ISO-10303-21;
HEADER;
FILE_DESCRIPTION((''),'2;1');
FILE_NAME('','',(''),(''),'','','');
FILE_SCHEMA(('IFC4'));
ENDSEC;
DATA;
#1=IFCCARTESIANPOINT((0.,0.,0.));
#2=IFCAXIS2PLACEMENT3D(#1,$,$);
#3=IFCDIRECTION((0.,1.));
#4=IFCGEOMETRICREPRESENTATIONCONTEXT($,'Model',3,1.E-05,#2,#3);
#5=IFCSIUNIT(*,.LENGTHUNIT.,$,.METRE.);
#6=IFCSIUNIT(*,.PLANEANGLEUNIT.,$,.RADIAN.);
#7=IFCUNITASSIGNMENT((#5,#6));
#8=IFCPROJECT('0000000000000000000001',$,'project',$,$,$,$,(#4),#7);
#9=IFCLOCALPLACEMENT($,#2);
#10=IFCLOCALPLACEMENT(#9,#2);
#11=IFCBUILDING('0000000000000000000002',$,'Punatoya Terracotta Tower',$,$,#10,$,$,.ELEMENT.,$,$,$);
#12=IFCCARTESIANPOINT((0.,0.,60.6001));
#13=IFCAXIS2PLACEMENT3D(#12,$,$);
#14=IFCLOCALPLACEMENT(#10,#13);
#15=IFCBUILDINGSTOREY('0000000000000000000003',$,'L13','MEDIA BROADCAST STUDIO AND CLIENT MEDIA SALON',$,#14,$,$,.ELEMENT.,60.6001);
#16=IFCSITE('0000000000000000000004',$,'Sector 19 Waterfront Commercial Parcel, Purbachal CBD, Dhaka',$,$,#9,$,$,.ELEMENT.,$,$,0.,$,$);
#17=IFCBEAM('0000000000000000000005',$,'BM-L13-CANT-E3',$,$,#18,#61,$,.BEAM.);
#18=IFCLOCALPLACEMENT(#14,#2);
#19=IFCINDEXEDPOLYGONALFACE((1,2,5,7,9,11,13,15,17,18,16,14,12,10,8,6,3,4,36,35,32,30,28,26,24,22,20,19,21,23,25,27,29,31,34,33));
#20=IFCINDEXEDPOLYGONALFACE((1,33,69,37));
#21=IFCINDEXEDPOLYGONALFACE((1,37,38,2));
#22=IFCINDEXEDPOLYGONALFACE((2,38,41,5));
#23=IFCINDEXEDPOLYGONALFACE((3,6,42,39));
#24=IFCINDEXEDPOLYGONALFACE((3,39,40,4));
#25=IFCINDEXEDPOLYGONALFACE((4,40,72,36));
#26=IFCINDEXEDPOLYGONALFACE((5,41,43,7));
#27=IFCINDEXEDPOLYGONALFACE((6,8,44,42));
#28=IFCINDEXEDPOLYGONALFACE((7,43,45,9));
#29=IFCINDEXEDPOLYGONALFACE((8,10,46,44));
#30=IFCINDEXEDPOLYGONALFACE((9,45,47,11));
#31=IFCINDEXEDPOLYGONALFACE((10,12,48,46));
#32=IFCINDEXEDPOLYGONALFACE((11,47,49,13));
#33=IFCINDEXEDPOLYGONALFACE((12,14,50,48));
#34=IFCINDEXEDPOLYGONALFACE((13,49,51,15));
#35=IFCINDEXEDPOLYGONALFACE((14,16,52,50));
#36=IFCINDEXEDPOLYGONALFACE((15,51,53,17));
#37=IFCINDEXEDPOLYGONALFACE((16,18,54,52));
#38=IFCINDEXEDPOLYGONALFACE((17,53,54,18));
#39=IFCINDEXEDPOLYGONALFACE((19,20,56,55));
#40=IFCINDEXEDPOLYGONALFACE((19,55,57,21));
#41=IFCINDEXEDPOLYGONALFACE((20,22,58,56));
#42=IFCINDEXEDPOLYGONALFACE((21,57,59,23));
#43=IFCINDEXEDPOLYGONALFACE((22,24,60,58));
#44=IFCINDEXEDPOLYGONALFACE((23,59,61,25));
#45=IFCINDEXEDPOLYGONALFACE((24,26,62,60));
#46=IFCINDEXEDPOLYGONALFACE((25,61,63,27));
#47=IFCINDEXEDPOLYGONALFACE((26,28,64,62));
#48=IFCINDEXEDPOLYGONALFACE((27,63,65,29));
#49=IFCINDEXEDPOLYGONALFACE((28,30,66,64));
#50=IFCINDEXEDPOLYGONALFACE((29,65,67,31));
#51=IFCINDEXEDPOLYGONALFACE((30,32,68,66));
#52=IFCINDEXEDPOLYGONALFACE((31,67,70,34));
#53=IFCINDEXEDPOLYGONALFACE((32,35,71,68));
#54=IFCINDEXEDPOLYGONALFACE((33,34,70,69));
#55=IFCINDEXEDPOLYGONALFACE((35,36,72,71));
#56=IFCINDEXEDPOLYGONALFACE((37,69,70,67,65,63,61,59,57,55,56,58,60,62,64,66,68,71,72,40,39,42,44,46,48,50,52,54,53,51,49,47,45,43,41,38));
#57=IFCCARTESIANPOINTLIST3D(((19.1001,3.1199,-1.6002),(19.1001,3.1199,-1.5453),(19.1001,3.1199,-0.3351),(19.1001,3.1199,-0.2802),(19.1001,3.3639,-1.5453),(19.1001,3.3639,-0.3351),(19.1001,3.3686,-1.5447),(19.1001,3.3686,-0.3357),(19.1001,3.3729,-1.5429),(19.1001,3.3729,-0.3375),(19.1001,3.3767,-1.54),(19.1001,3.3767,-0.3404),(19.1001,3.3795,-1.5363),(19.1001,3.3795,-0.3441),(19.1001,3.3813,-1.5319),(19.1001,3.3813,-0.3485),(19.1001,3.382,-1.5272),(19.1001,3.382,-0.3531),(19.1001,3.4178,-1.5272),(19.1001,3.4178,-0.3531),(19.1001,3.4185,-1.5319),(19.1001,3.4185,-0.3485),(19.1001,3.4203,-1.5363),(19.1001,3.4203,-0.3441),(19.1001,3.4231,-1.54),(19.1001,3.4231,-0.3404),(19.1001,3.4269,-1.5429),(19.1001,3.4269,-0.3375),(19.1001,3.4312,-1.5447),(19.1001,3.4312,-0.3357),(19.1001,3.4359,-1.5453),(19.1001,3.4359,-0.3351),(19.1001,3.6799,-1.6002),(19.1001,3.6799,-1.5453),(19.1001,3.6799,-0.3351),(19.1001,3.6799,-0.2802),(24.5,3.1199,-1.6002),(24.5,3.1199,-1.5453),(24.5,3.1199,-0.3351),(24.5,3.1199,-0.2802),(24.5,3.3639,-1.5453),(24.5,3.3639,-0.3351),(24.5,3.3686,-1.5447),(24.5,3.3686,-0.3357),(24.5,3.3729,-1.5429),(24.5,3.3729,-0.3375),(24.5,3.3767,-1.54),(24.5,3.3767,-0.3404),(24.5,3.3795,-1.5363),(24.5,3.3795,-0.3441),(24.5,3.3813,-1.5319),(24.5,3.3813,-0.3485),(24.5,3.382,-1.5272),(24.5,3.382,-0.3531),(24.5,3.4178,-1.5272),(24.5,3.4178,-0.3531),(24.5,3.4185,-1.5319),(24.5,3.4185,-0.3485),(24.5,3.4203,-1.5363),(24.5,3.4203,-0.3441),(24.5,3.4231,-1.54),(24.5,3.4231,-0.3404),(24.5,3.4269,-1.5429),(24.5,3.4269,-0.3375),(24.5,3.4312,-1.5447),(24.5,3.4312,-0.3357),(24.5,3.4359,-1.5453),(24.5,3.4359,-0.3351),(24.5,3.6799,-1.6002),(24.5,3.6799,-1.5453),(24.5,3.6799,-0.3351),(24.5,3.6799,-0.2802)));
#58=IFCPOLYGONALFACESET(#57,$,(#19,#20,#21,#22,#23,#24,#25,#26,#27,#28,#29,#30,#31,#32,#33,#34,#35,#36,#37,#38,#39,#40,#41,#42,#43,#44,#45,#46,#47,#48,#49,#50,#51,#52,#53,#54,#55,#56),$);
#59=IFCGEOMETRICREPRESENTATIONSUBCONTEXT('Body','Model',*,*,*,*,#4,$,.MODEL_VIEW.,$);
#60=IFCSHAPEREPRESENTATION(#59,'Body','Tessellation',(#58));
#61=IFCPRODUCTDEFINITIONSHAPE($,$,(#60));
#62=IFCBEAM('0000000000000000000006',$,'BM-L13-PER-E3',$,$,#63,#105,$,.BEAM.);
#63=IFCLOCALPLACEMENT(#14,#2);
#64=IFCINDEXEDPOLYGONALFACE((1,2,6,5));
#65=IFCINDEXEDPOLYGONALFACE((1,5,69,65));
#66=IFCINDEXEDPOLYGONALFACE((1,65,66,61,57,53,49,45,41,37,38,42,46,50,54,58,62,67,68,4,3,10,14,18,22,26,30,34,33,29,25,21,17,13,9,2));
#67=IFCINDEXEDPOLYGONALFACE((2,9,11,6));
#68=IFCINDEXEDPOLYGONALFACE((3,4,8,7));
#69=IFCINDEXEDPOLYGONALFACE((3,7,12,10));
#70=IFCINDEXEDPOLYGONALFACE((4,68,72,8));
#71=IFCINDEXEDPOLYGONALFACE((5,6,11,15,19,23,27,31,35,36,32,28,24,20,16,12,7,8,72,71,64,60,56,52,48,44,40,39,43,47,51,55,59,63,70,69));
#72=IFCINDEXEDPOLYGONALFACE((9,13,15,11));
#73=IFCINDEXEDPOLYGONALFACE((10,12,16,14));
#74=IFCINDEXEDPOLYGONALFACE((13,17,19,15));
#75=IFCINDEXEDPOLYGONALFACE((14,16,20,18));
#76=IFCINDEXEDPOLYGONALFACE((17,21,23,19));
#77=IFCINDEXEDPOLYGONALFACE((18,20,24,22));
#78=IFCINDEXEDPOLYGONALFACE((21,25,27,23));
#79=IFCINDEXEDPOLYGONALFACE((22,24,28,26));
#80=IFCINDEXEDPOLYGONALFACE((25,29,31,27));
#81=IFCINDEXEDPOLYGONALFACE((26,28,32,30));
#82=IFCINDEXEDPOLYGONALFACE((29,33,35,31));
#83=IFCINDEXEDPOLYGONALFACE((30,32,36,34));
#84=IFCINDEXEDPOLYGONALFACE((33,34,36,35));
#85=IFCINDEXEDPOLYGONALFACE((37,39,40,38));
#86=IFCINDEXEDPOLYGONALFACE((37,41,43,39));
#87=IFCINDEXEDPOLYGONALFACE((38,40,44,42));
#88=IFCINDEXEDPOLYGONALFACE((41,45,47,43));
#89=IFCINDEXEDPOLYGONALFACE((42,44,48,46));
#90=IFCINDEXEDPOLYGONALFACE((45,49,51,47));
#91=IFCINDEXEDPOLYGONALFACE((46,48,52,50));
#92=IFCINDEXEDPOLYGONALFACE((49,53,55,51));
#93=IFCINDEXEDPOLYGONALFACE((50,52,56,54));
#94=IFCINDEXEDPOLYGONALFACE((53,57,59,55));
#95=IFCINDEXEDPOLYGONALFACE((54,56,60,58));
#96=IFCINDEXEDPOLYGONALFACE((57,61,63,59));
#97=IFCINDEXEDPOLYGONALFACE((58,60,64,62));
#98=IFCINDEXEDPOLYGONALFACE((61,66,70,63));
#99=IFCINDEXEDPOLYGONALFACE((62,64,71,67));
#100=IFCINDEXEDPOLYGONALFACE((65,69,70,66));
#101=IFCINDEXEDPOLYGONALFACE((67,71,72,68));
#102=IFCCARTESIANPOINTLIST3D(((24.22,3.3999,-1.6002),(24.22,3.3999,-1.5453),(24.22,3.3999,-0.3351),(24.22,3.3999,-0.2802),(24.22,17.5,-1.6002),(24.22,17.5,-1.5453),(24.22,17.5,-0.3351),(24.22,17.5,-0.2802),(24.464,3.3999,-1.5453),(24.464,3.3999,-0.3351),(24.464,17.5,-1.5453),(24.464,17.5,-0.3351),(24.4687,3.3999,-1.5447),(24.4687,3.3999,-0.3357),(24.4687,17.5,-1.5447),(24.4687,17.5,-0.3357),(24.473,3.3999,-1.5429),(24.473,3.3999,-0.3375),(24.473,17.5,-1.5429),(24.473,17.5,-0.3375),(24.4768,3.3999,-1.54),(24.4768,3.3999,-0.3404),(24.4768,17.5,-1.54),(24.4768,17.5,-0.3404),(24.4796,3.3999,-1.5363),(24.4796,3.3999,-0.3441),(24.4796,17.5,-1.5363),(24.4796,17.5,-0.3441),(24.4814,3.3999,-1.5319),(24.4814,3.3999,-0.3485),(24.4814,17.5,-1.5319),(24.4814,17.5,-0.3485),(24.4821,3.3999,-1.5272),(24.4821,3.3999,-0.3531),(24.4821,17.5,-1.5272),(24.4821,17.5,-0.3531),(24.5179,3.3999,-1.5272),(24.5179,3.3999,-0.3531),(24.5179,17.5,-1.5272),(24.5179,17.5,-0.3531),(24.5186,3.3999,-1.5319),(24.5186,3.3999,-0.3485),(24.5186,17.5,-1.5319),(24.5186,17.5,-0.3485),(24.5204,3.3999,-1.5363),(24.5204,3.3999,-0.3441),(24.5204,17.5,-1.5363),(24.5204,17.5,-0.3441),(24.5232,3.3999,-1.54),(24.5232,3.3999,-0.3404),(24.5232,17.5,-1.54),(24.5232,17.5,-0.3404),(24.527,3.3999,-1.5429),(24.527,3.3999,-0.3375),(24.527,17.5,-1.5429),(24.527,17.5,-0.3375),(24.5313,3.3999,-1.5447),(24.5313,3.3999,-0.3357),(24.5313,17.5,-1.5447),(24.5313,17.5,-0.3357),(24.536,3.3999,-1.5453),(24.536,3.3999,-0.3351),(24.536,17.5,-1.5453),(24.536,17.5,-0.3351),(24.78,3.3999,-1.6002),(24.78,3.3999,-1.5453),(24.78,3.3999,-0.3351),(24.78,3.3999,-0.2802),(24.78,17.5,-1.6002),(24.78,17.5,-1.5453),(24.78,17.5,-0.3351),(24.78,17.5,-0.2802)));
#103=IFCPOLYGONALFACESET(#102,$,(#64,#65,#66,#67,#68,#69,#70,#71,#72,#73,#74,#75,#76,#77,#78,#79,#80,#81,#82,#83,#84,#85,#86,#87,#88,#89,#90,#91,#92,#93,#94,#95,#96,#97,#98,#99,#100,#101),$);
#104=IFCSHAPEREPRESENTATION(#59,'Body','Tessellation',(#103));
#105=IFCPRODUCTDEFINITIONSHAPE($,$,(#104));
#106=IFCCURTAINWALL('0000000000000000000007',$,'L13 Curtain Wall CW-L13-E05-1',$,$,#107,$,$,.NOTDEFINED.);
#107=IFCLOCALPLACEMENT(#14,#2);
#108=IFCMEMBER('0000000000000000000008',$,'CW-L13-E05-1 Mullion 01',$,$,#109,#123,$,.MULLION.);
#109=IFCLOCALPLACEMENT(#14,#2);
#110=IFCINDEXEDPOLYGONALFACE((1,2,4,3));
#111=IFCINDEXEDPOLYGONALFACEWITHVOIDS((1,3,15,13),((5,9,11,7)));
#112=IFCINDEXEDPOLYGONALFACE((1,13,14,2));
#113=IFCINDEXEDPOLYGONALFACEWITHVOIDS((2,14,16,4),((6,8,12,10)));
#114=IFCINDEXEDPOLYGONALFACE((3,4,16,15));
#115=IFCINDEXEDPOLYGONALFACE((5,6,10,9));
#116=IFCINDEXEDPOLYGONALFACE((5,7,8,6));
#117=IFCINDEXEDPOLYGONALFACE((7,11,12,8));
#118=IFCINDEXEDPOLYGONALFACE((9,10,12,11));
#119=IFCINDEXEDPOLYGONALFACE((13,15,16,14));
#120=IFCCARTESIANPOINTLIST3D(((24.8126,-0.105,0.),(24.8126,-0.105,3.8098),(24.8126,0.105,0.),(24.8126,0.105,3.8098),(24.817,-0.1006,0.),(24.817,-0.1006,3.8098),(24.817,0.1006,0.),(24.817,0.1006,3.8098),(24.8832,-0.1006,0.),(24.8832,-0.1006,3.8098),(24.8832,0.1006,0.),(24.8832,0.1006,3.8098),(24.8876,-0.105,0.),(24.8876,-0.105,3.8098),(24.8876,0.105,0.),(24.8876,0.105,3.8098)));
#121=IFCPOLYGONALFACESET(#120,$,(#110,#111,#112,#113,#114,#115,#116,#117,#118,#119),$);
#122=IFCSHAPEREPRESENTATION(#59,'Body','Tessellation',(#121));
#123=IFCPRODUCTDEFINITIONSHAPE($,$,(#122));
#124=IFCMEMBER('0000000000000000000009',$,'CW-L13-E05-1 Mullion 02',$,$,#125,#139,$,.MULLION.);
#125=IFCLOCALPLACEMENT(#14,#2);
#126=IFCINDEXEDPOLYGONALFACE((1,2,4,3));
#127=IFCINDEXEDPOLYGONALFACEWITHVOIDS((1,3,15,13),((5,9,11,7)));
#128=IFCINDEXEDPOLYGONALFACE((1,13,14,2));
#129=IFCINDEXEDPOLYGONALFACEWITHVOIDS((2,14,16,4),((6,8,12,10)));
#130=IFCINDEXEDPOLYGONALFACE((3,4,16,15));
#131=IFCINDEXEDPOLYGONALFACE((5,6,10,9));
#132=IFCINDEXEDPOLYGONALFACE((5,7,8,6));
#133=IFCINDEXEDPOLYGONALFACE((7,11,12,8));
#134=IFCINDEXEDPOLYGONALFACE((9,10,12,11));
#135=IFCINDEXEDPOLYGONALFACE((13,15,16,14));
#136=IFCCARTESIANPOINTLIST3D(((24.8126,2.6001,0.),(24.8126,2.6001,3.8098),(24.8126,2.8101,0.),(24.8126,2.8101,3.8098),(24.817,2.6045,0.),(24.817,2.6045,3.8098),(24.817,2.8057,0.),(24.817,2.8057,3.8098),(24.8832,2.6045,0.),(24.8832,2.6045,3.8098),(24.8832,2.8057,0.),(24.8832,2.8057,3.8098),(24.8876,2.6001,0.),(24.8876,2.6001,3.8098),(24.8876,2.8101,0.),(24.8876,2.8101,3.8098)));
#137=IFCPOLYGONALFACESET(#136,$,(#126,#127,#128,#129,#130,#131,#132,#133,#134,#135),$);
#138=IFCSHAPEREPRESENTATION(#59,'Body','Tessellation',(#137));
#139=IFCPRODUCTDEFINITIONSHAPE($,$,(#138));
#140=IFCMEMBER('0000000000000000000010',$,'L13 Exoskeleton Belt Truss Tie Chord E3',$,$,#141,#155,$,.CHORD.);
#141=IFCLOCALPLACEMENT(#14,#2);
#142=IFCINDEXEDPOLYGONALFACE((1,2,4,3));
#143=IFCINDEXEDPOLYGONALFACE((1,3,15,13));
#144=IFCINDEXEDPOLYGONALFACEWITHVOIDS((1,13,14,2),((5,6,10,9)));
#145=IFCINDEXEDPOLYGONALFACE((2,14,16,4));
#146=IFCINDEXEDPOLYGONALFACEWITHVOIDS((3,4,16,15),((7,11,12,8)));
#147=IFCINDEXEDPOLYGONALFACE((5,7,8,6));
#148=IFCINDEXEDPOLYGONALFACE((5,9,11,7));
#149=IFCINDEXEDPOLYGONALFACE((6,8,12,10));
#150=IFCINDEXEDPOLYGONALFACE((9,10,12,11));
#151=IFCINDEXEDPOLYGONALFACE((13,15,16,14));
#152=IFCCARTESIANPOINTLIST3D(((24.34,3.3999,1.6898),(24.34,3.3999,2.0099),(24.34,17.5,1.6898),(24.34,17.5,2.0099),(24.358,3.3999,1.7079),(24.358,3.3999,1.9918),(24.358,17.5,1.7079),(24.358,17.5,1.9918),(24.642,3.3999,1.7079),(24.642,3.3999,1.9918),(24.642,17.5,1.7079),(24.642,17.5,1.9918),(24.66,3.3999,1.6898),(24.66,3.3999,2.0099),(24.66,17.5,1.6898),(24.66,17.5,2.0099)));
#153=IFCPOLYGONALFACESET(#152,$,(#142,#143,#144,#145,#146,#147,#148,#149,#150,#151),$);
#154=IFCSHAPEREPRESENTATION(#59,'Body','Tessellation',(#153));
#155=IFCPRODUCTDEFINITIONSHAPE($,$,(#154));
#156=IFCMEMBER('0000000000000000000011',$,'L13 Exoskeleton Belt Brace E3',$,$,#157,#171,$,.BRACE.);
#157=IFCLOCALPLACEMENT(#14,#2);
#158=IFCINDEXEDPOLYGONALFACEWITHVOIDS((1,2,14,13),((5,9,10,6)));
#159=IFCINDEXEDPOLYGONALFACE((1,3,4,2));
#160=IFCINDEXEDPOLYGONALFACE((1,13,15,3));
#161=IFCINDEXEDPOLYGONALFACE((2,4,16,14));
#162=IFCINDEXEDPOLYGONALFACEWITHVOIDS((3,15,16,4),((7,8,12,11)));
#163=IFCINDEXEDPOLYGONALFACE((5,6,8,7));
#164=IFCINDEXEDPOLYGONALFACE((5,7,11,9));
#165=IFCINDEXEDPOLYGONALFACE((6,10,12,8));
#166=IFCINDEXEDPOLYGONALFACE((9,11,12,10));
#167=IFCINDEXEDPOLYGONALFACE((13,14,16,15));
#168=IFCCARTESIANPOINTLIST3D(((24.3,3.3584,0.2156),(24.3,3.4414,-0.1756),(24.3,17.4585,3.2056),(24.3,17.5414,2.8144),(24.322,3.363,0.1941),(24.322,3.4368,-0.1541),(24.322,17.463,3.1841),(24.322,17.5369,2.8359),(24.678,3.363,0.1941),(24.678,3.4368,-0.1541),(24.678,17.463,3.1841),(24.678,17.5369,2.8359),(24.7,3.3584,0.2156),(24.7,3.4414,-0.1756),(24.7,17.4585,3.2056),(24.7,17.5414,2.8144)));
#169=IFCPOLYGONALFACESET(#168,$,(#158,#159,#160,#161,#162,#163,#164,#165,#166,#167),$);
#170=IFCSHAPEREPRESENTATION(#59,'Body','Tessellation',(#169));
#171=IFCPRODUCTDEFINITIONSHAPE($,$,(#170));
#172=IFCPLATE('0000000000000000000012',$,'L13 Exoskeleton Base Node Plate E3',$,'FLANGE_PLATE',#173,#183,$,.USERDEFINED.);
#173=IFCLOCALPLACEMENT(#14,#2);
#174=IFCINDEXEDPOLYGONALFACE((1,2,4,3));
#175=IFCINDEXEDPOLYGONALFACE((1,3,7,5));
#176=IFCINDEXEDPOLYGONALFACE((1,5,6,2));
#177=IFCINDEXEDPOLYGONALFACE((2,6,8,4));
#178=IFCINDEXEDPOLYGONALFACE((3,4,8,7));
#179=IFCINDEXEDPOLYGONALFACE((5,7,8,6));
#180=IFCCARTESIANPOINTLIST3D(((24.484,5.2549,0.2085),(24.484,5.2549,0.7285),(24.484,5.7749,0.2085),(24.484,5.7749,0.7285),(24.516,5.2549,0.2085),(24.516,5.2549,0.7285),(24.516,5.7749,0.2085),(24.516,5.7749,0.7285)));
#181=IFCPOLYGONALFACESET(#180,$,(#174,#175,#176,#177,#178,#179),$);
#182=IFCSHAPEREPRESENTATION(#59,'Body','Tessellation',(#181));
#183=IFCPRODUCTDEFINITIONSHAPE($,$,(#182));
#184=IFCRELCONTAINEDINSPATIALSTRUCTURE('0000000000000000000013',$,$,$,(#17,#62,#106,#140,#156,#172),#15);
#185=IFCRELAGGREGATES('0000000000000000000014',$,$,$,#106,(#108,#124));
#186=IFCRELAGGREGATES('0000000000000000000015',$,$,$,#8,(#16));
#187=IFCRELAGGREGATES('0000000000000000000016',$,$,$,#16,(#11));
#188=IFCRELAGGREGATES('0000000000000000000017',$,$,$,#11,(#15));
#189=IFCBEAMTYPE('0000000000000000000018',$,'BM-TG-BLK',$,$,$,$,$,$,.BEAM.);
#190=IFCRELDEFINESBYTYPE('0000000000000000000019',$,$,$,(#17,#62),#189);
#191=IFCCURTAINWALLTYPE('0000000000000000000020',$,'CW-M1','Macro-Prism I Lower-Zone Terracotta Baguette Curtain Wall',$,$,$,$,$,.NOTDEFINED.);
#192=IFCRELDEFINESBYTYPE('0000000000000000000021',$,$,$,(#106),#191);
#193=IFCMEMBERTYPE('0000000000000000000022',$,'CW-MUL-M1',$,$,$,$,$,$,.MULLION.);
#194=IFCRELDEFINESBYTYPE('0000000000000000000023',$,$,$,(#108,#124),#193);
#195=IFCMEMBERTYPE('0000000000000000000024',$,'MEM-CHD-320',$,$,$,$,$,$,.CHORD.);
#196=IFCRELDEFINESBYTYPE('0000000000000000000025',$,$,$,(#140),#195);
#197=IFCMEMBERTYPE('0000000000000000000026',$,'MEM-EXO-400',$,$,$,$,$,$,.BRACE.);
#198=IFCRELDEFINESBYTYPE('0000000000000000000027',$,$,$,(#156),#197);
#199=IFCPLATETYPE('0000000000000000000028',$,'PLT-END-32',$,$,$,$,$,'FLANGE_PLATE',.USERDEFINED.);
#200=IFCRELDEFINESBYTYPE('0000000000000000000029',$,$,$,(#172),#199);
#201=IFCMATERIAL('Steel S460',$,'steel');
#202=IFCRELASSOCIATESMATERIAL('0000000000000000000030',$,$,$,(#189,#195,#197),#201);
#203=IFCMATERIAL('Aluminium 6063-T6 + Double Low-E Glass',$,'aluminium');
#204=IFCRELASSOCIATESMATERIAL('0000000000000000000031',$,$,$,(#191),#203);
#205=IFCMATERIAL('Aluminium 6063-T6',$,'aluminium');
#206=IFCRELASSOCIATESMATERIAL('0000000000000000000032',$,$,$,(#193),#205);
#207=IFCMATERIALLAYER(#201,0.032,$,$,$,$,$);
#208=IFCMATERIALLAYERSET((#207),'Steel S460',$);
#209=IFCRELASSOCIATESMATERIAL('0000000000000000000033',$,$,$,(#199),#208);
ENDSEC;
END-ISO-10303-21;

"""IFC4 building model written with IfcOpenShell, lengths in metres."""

from ifc_helpers import new_model, si_unit, direction, frame, origin, origin_2d, place, context, subcontext, project, spatial, rectangle, hollow_rectangle, i_section, extrude, material, layer, layer_set, material_profile, profile_set, type_object, element, aggregate, save


model = new_model("IFC4")

# Units and contexts
model_context = context("Model", 3, precision=1e-05, world=origin(), true_north=direction((0.0, 1.0)))
body_context = subcontext(model_context, "Body", "Model", "MODEL_VIEW")
ifc_project = project(units=[si_unit("LENGTHUNIT", "METRE"), si_unit("PLANEANGLEUNIT", "RADIAN")], contexts=[model_context])

# Site, building, storey
site_placement = place(None, origin())
site = spatial("IfcSite", under=ifc_project, at=site_placement, Name="Sector 19 Waterfront Commercial Parcel, Purbachal CBD, Dhaka", CompositionType="ELEMENT", RefElevation=0.0)
building_placement = place(site_placement, origin())
building = spatial("IfcBuilding", under=site, at=building_placement, Name="Punatoya Terracotta Tower", CompositionType="ELEMENT")
storey_placement = place(building_placement, frame((0.0, 0.0, 60.6001)))
storey = spatial("IfcBuildingStorey", under=building, at=storey_placement, Name="L13", Description="MEDIA BROADCAST STUDIO AND CLIENT MEDIA SALON", CompositionType="ELEMENT", Elevation=60.6001)

# Shared definitions
ifc_material_1 = material(Name="Steel S460", Category="steel")

# Beams
ifc_material_profile_1 = material_profile(ifc_material_1, i_section(OverallWidth=0.5601, OverallDepth=1.3201, WebThickness=0.0359, FlangeThickness=0.0549, FilletRadius=0.0181, at=origin_2d()))
ifc_profile_set_1 = profile_set([ifc_material_profile_1], Name="Steel S460")
beam_type = type_object("IfcBeamType", Name="BM-TG-BLK", PredefinedType="BEAM", material=ifc_profile_set_1)
beam_1_placement = place(storey_placement, frame((19.1001, 3.3999, -0.9402), z_axis=(1.0, 0.0, 0.0), x_axis=(0.0, 1.0, 0.0)))
element("IfcBeam", 1, at=beam_1_placement, inside=storey, type_object=beam_type, Name="BM-L13-CANT-E3", PredefinedType="BEAM", context=body_context, shape_type="SweptSolid", body=[
    extrude(i_section(OverallWidth=0.5601, OverallDepth=1.3201, WebThickness=0.0359, FlangeThickness=0.0549, FilletRadius=0.0181, at=origin_2d()), origin(), (0.0, 0.0, 1.0), 5.3999),
])
beam_2_placement = place(storey_placement, frame((24.5, 3.3999, -0.9402), z_axis=(0.0, 1.0, 0.0), x_axis=(-1.0, 0.0, 0.0)))
element("IfcBeam", 2, at=beam_2_placement, inside=storey, type_object=beam_type, Name="BM-L13-PER-E3", PredefinedType="BEAM", context=body_context, shape_type="SweptSolid", body=[
    extrude(i_section(OverallWidth=0.5601, OverallDepth=1.3201, WebThickness=0.0359, FlangeThickness=0.0549, FilletRadius=0.0181, at=origin_2d()), origin(), (0.0, 0.0, 1.0), 14.1001),
])

# Curtain wall, members
ifc_material_2 = material(Name="Aluminium 6063-T6 + Double Low-E Glass", Category="aluminium")
curtain_wall_type = type_object("IfcCurtainWallType", Name="CW-M1", Description="Macro-Prism I Lower-Zone Terracotta Baguette Curtain Wall", PredefinedType="NOTDEFINED", material=ifc_material_2)
curtain_wall_placement = place(storey_placement, origin())
curtain_wall = element("IfcCurtainWall", 3, at=curtain_wall_placement, inside=storey, type_object=curtain_wall_type, Name="L13 Curtain Wall CW-L13-E05-1", PredefinedType="NOTDEFINED")
ifc_material_3 = material(Name="Aluminium 6063-T6", Category="aluminium")
ifc_material_profile_2 = material_profile(ifc_material_3, hollow_rectangle(XDim=0.075, YDim=0.21, WallThickness=0.0044, at=origin_2d()))
ifc_profile_set_2 = profile_set([ifc_material_profile_2], Name="Aluminium 6063-T6")
member_type_1 = type_object("IfcMemberType", Name="CW-MUL-M1", PredefinedType="MULLION", material=ifc_profile_set_2)
member_1_placement = place(storey_placement, frame((24.8501, 0.0, 0.0), z_axis=(0.0, 0.0, 1.0), x_axis=(1.0, 0.0, 0.0)))
member_1 = element("IfcMember", 4, at=member_1_placement, type_object=member_type_1, Name="CW-L13-E05-1 Mullion 01", PredefinedType="MULLION", context=body_context, shape_type="SweptSolid", body=[
    extrude(hollow_rectangle(XDim=0.075, YDim=0.21, WallThickness=0.0044, at=origin_2d()), origin(), (0.0, 0.0, 1.0), 3.8098),
])
member_2_placement = place(storey_placement, frame((24.8501, 2.7051, 0.0), z_axis=(0.0, 0.0, 1.0), x_axis=(1.0, 0.0, 0.0)))
member_2 = element("IfcMember", 5, at=member_2_placement, type_object=member_type_1, Name="CW-L13-E05-1 Mullion 02", PredefinedType="MULLION", context=body_context, shape_type="SweptSolid", body=[
    extrude(hollow_rectangle(XDim=0.075, YDim=0.21, WallThickness=0.0044, at=origin_2d()), origin(), (0.0, 0.0, 1.0), 3.8098),
])

# Members
ifc_material_profile_3 = material_profile(ifc_material_1, hollow_rectangle(XDim=0.3201, YDim=0.3201, WallThickness=0.0181, at=origin_2d()))
ifc_profile_set_3 = profile_set([ifc_material_profile_3], Name="Steel S460")
member_type_2 = type_object("IfcMemberType", Name="MEM-CHD-320", PredefinedType="CHORD", material=ifc_profile_set_3)
member_3_placement = place(storey_placement, frame((24.5, 3.3999, 1.8499), z_axis=(0.0, 1.0, 0.0), x_axis=(-1.0, 0.0, 0.0)))
element("IfcMember", 6, at=member_3_placement, inside=storey, type_object=member_type_2, Name="L13 Exoskeleton Belt Truss Tie Chord E3", PredefinedType="CHORD", context=body_context, shape_type="SweptSolid", body=[
    extrude(hollow_rectangle(XDim=0.3201, YDim=0.3201, WallThickness=0.0181, at=origin_2d()), origin(), (0.0, 0.0, 1.0), 14.1001),
])
ifc_material_profile_4 = material_profile(ifc_material_1, hollow_rectangle(XDim=0.3999, YDim=0.3999, WallThickness=0.022, at=origin_2d()))
ifc_profile_set_4 = profile_set([ifc_material_profile_4], Name="Steel S460")
member_type_3 = type_object("IfcMemberType", Name="MEM-EXO-400", PredefinedType="BRACE", material=ifc_profile_set_4)
member_4_placement = place(storey_placement, frame((24.5, 3.3999, 0.02), z_axis=(0.0, 0.978247, 0.207442), x_axis=(-1.0, 0.0, 0.0)))
element("IfcMember", 7, at=member_4_placement, inside=storey, type_object=member_type_3, Name="L13 Exoskeleton Belt Brace E3", PredefinedType="BRACE", context=body_context, shape_type="SweptSolid", body=[
    extrude(hollow_rectangle(XDim=0.3999, YDim=0.3999, WallThickness=0.022, at=origin_2d()), origin(), (0.0, 0.0, 1.0), 14.4136),
])

# Plate
ifc_layer_1 = layer(ifc_material_1, 0.032)
ifc_layer_set_1 = layer_set([ifc_layer_1], Name="Steel S460")
plate_type_1 = type_object("IfcPlateType", Name="PLT-END-32", ElementType="FLANGE_PLATE", PredefinedType="USERDEFINED", material=ifc_layer_set_1)
plate_1_placement = place(storey_placement, frame((24.5, 5.5149, 0.2085), z_axis=(0.0, 0.0, 1.0), x_axis=(0.0, 1.0, 0.0)))
element("IfcPlate", 8, at=plate_1_placement, inside=storey, type_object=plate_type_1, Name="L13 Exoskeleton Base Node Plate E3", ObjectType="FLANGE_PLATE", PredefinedType="USERDEFINED", context=body_context, shape_type="SweptSolid", body=[
    extrude(rectangle(XDim=0.52, YDim=0.032, at=origin_2d()), origin(), (0.0, 0.0, 1.0), 0.52),
])
aggregate(curtain_wall, [member_1, member_2])

save(model, "model.ifc")
